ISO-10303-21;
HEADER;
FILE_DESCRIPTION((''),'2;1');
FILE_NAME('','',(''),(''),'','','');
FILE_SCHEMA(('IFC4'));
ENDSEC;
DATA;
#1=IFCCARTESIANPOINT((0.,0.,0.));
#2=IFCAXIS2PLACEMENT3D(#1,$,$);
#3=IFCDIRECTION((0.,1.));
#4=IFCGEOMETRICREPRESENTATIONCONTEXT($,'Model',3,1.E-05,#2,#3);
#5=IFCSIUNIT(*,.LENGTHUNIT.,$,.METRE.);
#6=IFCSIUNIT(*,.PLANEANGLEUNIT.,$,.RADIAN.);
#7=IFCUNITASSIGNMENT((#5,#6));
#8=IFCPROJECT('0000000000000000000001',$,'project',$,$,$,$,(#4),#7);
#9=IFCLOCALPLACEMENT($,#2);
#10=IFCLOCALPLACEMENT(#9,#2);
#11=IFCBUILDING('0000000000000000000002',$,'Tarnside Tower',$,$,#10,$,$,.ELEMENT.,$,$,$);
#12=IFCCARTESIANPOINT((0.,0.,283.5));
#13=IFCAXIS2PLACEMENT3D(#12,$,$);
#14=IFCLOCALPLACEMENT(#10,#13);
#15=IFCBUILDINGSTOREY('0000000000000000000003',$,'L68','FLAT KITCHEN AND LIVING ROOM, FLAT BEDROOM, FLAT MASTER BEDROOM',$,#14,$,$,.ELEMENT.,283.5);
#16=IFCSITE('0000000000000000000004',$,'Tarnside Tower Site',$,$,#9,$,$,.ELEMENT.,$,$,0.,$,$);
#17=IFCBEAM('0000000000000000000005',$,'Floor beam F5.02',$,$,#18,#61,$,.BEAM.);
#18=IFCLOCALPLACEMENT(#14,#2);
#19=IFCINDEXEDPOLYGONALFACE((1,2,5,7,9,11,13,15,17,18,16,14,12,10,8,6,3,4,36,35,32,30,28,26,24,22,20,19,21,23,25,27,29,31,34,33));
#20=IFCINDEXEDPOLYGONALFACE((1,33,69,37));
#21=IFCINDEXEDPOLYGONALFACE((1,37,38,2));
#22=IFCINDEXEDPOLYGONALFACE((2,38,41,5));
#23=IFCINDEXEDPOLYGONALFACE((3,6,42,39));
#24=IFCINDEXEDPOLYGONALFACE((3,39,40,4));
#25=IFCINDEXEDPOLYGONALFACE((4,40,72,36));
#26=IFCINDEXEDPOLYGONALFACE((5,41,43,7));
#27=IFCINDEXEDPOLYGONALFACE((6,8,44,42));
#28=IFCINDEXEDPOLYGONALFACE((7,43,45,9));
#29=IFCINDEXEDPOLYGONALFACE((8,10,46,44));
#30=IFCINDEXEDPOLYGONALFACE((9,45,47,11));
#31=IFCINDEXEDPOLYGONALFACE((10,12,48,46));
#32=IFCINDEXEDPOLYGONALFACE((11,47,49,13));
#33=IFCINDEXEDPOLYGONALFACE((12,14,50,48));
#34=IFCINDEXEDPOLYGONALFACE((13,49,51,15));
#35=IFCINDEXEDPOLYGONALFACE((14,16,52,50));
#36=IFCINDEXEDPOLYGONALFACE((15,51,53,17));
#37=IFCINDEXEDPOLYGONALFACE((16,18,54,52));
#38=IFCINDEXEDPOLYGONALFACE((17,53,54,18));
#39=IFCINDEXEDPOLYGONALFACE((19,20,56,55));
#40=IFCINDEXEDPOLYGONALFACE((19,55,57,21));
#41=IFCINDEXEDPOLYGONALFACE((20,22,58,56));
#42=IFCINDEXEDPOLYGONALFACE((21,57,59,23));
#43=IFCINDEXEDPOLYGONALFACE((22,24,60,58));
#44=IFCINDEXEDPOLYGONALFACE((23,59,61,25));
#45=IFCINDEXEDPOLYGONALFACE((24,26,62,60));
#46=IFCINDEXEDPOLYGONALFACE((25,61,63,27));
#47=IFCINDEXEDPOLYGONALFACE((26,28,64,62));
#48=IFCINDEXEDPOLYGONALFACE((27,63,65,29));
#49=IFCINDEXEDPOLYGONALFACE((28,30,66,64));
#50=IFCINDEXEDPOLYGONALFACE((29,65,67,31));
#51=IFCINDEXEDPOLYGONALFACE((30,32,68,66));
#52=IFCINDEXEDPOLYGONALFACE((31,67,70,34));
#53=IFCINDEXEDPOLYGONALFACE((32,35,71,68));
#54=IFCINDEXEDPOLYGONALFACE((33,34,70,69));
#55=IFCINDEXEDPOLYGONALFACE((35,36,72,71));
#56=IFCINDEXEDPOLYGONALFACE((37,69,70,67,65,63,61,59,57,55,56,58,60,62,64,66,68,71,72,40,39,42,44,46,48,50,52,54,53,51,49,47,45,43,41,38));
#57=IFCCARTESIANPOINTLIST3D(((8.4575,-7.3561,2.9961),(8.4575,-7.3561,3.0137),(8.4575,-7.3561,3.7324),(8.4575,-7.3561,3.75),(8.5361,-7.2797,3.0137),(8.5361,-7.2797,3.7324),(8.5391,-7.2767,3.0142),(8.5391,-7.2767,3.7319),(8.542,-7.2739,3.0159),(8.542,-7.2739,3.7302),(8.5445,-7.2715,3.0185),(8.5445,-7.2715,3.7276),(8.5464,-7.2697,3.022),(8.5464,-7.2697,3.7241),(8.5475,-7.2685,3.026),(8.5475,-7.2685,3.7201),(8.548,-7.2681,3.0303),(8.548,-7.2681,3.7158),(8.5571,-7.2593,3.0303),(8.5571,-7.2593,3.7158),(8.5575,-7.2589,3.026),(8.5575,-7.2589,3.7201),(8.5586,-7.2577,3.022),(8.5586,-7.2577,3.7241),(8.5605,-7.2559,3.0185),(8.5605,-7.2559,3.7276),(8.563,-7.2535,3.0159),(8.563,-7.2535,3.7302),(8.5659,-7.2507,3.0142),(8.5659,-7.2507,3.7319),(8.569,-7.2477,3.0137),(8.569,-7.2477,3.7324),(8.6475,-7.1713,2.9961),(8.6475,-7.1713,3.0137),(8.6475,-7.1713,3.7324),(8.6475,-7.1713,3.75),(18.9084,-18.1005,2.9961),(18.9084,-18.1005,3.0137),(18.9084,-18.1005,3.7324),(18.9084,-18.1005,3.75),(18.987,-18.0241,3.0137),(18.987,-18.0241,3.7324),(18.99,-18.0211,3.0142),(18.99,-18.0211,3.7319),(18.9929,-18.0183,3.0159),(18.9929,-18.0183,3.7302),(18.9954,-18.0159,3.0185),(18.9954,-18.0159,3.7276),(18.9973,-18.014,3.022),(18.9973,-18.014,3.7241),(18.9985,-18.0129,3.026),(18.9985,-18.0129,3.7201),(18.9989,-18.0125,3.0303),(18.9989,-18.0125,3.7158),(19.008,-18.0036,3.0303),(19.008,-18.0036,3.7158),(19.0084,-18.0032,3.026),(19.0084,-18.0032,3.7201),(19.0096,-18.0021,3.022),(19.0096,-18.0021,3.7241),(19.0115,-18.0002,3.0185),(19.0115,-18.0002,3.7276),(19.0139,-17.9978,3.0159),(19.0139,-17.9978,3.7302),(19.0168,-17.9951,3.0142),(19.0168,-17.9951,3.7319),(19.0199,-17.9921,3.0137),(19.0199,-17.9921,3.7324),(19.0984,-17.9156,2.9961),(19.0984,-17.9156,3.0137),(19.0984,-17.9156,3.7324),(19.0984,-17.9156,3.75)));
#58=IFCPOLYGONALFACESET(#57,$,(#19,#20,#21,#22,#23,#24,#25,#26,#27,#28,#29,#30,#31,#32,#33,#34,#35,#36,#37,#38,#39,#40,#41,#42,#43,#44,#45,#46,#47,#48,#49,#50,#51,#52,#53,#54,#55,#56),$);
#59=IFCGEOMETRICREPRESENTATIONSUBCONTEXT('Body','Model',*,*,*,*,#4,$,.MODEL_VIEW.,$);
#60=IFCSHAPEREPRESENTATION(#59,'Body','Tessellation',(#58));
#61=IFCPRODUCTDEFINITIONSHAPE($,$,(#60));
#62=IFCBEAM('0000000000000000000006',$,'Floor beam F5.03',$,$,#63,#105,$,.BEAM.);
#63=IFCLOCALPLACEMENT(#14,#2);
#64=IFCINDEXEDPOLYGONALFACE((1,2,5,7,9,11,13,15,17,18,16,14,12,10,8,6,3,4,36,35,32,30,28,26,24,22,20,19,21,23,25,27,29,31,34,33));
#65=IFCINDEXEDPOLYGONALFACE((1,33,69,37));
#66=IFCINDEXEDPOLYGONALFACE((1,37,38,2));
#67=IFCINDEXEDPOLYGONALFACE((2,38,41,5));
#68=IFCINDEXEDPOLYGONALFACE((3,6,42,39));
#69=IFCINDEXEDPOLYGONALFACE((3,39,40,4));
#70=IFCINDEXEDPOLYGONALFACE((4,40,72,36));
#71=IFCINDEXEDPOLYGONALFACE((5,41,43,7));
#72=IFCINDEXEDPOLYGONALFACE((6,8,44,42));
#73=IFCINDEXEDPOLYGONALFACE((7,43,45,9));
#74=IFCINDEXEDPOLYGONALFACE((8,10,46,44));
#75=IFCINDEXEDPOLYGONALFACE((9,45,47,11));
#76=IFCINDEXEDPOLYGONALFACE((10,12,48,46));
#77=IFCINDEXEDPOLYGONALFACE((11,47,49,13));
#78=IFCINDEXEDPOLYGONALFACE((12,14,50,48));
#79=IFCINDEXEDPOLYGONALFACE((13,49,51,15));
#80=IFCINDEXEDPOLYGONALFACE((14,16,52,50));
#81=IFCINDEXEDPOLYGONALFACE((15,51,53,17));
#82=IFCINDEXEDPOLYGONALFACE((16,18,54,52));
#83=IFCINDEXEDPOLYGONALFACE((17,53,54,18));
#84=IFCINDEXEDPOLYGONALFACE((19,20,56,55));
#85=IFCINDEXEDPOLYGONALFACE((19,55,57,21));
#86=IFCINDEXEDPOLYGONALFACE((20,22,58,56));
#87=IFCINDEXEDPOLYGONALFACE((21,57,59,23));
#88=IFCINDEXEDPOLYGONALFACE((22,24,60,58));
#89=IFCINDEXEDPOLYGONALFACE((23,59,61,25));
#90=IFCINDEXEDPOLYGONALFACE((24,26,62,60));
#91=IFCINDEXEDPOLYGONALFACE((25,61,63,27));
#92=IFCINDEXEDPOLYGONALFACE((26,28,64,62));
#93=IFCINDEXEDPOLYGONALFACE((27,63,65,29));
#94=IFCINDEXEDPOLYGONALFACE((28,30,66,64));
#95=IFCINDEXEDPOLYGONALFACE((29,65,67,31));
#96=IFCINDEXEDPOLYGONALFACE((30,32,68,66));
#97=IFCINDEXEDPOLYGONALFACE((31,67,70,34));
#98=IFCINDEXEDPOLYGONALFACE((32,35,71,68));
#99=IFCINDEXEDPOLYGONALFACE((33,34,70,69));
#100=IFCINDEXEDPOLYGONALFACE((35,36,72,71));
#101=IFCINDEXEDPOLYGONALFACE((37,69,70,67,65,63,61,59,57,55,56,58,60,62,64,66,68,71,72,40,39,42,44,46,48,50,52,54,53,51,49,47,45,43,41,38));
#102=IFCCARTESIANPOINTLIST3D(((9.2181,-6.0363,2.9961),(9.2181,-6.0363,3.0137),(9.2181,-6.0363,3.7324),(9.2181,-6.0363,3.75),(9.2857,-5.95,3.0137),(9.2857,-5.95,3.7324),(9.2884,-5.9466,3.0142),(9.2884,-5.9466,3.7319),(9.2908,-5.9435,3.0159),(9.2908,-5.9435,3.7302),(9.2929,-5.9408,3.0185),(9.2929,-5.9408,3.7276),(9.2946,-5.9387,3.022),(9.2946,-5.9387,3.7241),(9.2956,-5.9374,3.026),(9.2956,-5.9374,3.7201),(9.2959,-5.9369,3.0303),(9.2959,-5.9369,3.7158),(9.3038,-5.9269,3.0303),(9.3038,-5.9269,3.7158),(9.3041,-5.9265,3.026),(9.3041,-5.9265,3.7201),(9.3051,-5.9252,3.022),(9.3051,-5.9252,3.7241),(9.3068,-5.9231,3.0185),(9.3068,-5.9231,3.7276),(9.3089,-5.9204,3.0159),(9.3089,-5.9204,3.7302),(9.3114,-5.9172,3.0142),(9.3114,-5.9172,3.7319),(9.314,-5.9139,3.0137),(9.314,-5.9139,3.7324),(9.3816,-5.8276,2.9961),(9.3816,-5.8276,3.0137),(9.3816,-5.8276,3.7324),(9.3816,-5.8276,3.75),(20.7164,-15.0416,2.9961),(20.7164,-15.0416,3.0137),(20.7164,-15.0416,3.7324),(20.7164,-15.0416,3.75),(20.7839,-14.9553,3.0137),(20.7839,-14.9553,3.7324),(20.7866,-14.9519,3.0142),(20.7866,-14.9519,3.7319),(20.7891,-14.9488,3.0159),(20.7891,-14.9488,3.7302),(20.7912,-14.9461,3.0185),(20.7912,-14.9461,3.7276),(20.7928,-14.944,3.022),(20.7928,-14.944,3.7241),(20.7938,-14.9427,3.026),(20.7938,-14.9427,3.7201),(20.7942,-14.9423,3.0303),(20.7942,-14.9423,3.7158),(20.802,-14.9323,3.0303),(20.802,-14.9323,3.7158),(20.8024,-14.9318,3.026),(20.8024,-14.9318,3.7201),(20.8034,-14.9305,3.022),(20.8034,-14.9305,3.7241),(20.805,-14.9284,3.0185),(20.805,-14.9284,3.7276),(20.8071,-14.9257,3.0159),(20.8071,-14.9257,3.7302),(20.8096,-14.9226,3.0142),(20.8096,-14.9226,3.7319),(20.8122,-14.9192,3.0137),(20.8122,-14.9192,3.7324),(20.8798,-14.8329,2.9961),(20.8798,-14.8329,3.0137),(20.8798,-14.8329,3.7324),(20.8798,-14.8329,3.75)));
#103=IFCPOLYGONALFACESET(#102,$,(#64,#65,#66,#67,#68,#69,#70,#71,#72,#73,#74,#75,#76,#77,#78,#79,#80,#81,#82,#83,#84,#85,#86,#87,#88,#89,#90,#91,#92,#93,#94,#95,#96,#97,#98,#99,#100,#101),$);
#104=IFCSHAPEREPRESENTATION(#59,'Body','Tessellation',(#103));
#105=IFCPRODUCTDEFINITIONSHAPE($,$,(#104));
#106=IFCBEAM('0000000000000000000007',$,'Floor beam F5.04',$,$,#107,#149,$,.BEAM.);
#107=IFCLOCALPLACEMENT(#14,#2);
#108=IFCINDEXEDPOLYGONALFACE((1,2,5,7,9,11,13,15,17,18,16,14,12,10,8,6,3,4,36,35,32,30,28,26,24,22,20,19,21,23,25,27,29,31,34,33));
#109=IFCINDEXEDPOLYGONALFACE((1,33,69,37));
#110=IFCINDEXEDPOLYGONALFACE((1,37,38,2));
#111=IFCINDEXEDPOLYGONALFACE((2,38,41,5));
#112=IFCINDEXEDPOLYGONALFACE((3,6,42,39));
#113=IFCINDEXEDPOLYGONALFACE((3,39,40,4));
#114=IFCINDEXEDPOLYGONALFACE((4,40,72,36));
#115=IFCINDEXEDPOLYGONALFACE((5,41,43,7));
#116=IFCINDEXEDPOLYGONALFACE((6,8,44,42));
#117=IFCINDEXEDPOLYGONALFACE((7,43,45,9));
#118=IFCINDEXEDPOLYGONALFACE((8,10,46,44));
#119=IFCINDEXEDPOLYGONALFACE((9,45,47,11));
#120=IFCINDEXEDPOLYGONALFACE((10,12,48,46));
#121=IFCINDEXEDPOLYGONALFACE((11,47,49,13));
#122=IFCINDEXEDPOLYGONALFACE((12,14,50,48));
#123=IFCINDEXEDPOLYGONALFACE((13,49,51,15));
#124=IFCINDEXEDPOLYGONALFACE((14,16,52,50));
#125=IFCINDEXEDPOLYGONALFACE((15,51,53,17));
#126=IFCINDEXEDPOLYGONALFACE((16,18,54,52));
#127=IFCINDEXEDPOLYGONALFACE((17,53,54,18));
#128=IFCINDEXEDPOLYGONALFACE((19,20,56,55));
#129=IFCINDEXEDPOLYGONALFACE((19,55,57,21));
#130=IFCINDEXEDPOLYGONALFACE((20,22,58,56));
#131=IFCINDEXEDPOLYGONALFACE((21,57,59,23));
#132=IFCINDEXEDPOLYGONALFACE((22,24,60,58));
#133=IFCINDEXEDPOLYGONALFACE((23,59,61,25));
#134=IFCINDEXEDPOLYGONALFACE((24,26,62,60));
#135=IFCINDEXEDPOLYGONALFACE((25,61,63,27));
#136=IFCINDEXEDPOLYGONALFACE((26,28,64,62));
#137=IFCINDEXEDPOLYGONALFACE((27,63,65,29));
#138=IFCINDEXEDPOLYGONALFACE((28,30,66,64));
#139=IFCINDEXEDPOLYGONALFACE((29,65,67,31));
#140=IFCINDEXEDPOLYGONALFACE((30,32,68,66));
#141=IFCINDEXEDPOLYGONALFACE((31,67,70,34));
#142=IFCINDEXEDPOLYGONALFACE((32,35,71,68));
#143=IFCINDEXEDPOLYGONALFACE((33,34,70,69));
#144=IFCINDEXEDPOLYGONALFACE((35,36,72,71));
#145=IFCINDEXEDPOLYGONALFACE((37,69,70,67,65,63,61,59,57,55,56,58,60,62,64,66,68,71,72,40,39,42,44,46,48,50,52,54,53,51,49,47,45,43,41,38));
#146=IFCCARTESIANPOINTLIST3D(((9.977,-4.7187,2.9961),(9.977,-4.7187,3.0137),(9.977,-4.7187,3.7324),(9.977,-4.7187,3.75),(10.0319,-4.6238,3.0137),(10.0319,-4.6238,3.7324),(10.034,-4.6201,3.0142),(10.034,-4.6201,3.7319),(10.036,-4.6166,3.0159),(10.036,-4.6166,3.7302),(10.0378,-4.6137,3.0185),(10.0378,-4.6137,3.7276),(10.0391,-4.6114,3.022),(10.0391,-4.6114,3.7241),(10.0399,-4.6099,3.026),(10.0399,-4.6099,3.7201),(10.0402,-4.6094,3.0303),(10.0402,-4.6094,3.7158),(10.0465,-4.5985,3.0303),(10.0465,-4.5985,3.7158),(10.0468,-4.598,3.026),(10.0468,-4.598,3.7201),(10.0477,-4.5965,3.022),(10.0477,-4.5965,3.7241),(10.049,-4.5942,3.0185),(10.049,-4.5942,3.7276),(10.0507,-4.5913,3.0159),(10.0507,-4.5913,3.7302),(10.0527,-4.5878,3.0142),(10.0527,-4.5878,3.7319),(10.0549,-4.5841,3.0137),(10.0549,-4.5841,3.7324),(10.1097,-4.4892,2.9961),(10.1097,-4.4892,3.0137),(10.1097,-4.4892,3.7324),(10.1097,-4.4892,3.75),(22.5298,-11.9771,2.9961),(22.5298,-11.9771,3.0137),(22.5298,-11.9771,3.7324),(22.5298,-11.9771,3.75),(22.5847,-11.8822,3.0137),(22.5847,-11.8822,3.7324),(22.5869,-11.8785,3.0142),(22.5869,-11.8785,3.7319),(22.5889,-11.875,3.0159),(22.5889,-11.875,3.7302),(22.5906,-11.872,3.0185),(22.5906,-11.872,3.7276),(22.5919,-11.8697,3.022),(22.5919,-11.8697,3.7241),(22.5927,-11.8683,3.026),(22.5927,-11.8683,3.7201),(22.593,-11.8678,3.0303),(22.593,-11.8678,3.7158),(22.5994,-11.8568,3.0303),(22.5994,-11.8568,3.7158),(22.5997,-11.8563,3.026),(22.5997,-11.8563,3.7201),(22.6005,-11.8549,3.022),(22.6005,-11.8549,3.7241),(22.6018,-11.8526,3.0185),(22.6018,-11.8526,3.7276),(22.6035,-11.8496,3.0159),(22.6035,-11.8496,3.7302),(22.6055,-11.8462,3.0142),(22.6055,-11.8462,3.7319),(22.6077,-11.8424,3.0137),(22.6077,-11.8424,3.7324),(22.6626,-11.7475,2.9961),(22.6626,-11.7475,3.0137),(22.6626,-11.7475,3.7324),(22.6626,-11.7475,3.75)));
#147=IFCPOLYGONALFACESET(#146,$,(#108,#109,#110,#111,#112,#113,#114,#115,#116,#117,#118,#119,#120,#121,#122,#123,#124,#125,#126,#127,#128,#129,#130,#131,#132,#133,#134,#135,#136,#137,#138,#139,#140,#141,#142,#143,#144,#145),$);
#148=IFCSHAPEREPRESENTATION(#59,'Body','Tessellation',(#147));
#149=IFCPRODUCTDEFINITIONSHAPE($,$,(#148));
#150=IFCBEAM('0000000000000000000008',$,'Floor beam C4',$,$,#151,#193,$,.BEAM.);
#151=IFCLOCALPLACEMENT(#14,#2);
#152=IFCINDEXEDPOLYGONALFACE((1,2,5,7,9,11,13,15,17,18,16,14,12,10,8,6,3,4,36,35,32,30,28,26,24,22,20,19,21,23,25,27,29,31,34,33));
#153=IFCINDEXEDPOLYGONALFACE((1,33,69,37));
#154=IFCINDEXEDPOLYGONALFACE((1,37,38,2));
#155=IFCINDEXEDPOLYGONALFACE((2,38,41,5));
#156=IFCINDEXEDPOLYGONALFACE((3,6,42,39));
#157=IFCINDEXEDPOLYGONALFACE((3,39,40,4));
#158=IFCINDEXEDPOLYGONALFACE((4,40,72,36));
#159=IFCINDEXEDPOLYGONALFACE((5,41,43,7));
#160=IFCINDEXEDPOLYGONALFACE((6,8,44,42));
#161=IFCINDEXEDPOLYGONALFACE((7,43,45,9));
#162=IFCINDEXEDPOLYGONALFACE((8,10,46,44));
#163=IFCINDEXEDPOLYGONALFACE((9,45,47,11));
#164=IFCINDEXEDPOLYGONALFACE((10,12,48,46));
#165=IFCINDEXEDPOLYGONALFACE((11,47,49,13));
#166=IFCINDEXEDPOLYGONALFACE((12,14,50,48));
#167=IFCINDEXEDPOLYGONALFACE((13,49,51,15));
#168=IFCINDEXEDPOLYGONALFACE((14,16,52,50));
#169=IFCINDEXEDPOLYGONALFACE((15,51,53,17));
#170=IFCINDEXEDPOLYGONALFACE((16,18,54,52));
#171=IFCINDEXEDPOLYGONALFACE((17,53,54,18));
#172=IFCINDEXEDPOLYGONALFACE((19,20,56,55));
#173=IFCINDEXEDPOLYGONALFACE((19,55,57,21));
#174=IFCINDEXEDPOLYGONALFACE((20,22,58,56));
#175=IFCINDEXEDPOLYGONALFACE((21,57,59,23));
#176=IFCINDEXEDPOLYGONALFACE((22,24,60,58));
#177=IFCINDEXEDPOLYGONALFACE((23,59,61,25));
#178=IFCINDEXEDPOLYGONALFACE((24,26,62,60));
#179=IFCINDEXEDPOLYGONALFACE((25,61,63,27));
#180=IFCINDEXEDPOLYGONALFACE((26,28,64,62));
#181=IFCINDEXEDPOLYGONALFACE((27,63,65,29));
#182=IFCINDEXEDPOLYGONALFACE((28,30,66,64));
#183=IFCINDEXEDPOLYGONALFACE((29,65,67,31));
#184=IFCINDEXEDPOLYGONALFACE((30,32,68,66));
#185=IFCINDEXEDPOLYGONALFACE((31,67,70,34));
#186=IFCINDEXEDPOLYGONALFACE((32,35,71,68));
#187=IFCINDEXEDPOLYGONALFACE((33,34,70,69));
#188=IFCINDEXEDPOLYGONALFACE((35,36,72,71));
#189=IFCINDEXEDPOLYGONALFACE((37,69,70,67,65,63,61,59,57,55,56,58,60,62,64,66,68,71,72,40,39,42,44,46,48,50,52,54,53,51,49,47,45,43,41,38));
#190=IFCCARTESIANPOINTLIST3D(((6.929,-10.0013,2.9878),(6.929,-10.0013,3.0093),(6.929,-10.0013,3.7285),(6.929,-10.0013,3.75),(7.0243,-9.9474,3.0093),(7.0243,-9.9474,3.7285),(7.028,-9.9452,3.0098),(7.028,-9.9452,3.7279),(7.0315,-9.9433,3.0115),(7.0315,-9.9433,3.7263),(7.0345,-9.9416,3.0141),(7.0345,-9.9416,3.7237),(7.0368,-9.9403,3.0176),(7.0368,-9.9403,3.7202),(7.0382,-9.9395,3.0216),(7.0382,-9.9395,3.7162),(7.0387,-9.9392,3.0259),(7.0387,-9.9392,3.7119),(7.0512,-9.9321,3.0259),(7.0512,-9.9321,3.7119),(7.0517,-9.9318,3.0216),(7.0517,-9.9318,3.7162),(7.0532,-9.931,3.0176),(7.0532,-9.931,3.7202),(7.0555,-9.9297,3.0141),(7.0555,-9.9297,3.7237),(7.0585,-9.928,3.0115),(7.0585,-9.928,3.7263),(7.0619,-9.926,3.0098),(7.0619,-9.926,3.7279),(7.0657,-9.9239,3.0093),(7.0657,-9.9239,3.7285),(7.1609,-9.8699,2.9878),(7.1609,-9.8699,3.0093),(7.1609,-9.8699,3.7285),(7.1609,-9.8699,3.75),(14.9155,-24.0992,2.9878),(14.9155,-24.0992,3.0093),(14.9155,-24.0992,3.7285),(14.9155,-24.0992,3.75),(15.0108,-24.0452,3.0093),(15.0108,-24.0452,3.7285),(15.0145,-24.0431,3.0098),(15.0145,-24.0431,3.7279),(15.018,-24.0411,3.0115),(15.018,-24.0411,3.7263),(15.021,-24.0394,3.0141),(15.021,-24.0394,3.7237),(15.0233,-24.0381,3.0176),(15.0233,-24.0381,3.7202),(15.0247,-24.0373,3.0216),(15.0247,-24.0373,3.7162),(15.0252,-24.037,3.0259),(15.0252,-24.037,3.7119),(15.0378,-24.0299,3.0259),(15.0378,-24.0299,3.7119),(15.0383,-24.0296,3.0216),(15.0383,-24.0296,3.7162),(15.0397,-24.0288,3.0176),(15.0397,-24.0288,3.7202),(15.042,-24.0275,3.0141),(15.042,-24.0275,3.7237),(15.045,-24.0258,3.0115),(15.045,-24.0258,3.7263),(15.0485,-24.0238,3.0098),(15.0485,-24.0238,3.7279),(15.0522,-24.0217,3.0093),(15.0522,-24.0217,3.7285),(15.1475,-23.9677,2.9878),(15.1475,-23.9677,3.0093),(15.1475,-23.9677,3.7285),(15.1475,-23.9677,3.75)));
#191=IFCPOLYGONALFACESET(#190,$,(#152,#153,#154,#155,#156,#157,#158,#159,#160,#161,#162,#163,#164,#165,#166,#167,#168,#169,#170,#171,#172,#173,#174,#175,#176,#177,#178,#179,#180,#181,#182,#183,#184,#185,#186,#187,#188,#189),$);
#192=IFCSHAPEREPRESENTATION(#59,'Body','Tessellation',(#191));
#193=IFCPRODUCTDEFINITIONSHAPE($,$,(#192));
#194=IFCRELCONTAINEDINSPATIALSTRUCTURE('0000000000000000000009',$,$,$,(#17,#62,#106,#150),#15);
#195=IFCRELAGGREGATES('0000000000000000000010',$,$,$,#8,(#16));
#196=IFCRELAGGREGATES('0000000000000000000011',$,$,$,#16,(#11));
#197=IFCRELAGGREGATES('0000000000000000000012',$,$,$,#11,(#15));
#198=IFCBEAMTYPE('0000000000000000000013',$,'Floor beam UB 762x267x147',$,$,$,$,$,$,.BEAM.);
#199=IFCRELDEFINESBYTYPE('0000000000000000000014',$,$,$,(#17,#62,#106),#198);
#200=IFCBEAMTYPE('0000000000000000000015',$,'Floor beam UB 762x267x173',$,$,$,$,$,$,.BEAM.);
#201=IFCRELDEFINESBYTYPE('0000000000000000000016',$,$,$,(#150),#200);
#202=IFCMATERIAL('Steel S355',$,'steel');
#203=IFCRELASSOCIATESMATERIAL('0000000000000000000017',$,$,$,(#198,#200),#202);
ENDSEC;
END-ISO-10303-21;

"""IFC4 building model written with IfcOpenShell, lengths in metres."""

from ifc_helpers import new_model, si_unit, direction, frame, origin, origin_2d, place, context, subcontext, project, spatial, i_section, extrude, material, material_profile, profile_set, type_object, element, save


model = new_model("IFC4")

# Units and contexts
model_context = context("Model", 3, precision=1e-05, world=origin(), true_north=direction((0.0, 1.0)))
body_context = subcontext(model_context, "Body", "Model", "MODEL_VIEW")
ifc_project = project(units=[si_unit("LENGTHUNIT", "METRE"), si_unit("PLANEANGLEUNIT", "RADIAN")], contexts=[model_context])

# Site, building, storey
site_placement = place(None, origin())
site = spatial("IfcSite", under=ifc_project, at=site_placement, Name="Tarnside Tower Site", CompositionType="ELEMENT", RefElevation=0.0)
building_placement = place(site_placement, origin())
building = spatial("IfcBuilding", under=site, at=building_placement, Name="Tarnside Tower", CompositionType="ELEMENT")
storey_placement = place(building_placement, frame((0.0, 0.0, 283.5)))
storey = spatial("IfcBuildingStorey", under=building, at=storey_placement, Name="L68", Description="FLAT KITCHEN AND LIVING ROOM, FLAT BEDROOM, FLAT MASTER BEDROOM", CompositionType="ELEMENT", Elevation=283.5)

# Beams
ifc_material_1 = material(Name="Steel S355", Category="steel")
ifc_material_profile_1 = material_profile(ifc_material_1, i_section(OverallWidth=0.2651, OverallDepth=0.7539, WebThickness=0.0127, FlangeThickness=0.0176, FilletRadius=0.0166, at=origin_2d()), Name="UB 762x267x147")
ifc_profile_set_1 = profile_set([ifc_material_profile_1], Name="Steel S355")
beam_type_1 = type_object("IfcBeamType", Name="Floor beam UB 762x267x147", PredefinedType="BEAM", material=ifc_profile_set_1)
beam_1_placement = place(storey_placement, frame((19.0034, -18.0081, 3.373), z_axis=(-0.69725, 0.716828, 0.0), x_axis=(-0.716828, -0.69725, 0.0)))
element("IfcBeam", 1, at=beam_1_placement, inside=storey, type_object=beam_type_1, Name="Floor beam F5.02", PredefinedType="BEAM", context=body_context, shape_type="SweptSolid", body=[
    extrude(i_section(OverallWidth=0.2651, OverallDepth=0.7539, WebThickness=0.0127, FlangeThickness=0.0176, FilletRadius=0.0166, at=origin_2d()), origin(), (0.0, 0.0, 1.0), 14.9888),
])
beam_2_placement = place(storey_placement, frame((20.7981, -14.9373, 3.373), z_axis=(-0.787282, 0.616593, 0.0), x_axis=(-0.616593, -0.787282, 0.0)))
element("IfcBeam", 2, at=beam_2_placement, inside=storey, type_object=beam_type_1, Name="Floor beam F5.03", PredefinedType="BEAM", context=body_context, shape_type="SweptSolid", body=[
    extrude(i_section(OverallWidth=0.2651, OverallDepth=0.7539, WebThickness=0.0127, FlangeThickness=0.0176, FilletRadius=0.0166, at=origin_2d()), origin(), (0.0, 0.0, 1.0), 14.605),
])
beam_3_placement = place(storey_placement, frame((22.5962, -11.8623, 3.373), z_axis=(-0.865697, 0.500568, 0.0), x_axis=(-0.500568, -0.865697, 0.0)))
element("IfcBeam", 3, at=beam_3_placement, inside=storey, type_object=beam_type_1, Name="Floor beam F5.04", PredefinedType="BEAM", context=body_context, shape_type="SweptSolid", body=[
    extrude(i_section(OverallWidth=0.2651, OverallDepth=0.7539, WebThickness=0.0127, FlangeThickness=0.0176, FilletRadius=0.0166, at=origin_2d()), origin(), (0.0, 0.0, 1.0), 14.5002),
])
ifc_material_profile_2 = material_profile(ifc_material_1, i_section(OverallWidth=0.2666, OverallDepth=0.7622, WebThickness=0.0144, FlangeThickness=0.0215, FilletRadius=0.0166, at=origin_2d()), Name="UB 762x267x173")
ifc_profile_set_2 = profile_set([ifc_material_profile_2], Name="Steel S355")
beam_type_2 = type_object("IfcBeamType", Name="Floor beam UB 762x267x173", PredefinedType="BEAM", material=ifc_profile_set_2)
beam_4_placement = place(storey_placement, frame((15.0315, -24.0334, 3.3689), z_axis=(-0.492908, 0.870081, 0.0), x_axis=(-0.870081, -0.492908, 0.0)))
element("IfcBeam", 4, at=beam_4_placement, inside=storey, type_object=beam_type_2, Name="Floor beam C4", PredefinedType="BEAM", context=body_context, shape_type="SweptSolid", body=[
    extrude(i_section(OverallWidth=0.2666, OverallDepth=0.7622, WebThickness=0.0144, FlangeThickness=0.0215, FilletRadius=0.0166, at=origin_2d()), origin(), (0.0, 0.0, 1.0), 16.2029),
])

save(model, "model.ifc")
